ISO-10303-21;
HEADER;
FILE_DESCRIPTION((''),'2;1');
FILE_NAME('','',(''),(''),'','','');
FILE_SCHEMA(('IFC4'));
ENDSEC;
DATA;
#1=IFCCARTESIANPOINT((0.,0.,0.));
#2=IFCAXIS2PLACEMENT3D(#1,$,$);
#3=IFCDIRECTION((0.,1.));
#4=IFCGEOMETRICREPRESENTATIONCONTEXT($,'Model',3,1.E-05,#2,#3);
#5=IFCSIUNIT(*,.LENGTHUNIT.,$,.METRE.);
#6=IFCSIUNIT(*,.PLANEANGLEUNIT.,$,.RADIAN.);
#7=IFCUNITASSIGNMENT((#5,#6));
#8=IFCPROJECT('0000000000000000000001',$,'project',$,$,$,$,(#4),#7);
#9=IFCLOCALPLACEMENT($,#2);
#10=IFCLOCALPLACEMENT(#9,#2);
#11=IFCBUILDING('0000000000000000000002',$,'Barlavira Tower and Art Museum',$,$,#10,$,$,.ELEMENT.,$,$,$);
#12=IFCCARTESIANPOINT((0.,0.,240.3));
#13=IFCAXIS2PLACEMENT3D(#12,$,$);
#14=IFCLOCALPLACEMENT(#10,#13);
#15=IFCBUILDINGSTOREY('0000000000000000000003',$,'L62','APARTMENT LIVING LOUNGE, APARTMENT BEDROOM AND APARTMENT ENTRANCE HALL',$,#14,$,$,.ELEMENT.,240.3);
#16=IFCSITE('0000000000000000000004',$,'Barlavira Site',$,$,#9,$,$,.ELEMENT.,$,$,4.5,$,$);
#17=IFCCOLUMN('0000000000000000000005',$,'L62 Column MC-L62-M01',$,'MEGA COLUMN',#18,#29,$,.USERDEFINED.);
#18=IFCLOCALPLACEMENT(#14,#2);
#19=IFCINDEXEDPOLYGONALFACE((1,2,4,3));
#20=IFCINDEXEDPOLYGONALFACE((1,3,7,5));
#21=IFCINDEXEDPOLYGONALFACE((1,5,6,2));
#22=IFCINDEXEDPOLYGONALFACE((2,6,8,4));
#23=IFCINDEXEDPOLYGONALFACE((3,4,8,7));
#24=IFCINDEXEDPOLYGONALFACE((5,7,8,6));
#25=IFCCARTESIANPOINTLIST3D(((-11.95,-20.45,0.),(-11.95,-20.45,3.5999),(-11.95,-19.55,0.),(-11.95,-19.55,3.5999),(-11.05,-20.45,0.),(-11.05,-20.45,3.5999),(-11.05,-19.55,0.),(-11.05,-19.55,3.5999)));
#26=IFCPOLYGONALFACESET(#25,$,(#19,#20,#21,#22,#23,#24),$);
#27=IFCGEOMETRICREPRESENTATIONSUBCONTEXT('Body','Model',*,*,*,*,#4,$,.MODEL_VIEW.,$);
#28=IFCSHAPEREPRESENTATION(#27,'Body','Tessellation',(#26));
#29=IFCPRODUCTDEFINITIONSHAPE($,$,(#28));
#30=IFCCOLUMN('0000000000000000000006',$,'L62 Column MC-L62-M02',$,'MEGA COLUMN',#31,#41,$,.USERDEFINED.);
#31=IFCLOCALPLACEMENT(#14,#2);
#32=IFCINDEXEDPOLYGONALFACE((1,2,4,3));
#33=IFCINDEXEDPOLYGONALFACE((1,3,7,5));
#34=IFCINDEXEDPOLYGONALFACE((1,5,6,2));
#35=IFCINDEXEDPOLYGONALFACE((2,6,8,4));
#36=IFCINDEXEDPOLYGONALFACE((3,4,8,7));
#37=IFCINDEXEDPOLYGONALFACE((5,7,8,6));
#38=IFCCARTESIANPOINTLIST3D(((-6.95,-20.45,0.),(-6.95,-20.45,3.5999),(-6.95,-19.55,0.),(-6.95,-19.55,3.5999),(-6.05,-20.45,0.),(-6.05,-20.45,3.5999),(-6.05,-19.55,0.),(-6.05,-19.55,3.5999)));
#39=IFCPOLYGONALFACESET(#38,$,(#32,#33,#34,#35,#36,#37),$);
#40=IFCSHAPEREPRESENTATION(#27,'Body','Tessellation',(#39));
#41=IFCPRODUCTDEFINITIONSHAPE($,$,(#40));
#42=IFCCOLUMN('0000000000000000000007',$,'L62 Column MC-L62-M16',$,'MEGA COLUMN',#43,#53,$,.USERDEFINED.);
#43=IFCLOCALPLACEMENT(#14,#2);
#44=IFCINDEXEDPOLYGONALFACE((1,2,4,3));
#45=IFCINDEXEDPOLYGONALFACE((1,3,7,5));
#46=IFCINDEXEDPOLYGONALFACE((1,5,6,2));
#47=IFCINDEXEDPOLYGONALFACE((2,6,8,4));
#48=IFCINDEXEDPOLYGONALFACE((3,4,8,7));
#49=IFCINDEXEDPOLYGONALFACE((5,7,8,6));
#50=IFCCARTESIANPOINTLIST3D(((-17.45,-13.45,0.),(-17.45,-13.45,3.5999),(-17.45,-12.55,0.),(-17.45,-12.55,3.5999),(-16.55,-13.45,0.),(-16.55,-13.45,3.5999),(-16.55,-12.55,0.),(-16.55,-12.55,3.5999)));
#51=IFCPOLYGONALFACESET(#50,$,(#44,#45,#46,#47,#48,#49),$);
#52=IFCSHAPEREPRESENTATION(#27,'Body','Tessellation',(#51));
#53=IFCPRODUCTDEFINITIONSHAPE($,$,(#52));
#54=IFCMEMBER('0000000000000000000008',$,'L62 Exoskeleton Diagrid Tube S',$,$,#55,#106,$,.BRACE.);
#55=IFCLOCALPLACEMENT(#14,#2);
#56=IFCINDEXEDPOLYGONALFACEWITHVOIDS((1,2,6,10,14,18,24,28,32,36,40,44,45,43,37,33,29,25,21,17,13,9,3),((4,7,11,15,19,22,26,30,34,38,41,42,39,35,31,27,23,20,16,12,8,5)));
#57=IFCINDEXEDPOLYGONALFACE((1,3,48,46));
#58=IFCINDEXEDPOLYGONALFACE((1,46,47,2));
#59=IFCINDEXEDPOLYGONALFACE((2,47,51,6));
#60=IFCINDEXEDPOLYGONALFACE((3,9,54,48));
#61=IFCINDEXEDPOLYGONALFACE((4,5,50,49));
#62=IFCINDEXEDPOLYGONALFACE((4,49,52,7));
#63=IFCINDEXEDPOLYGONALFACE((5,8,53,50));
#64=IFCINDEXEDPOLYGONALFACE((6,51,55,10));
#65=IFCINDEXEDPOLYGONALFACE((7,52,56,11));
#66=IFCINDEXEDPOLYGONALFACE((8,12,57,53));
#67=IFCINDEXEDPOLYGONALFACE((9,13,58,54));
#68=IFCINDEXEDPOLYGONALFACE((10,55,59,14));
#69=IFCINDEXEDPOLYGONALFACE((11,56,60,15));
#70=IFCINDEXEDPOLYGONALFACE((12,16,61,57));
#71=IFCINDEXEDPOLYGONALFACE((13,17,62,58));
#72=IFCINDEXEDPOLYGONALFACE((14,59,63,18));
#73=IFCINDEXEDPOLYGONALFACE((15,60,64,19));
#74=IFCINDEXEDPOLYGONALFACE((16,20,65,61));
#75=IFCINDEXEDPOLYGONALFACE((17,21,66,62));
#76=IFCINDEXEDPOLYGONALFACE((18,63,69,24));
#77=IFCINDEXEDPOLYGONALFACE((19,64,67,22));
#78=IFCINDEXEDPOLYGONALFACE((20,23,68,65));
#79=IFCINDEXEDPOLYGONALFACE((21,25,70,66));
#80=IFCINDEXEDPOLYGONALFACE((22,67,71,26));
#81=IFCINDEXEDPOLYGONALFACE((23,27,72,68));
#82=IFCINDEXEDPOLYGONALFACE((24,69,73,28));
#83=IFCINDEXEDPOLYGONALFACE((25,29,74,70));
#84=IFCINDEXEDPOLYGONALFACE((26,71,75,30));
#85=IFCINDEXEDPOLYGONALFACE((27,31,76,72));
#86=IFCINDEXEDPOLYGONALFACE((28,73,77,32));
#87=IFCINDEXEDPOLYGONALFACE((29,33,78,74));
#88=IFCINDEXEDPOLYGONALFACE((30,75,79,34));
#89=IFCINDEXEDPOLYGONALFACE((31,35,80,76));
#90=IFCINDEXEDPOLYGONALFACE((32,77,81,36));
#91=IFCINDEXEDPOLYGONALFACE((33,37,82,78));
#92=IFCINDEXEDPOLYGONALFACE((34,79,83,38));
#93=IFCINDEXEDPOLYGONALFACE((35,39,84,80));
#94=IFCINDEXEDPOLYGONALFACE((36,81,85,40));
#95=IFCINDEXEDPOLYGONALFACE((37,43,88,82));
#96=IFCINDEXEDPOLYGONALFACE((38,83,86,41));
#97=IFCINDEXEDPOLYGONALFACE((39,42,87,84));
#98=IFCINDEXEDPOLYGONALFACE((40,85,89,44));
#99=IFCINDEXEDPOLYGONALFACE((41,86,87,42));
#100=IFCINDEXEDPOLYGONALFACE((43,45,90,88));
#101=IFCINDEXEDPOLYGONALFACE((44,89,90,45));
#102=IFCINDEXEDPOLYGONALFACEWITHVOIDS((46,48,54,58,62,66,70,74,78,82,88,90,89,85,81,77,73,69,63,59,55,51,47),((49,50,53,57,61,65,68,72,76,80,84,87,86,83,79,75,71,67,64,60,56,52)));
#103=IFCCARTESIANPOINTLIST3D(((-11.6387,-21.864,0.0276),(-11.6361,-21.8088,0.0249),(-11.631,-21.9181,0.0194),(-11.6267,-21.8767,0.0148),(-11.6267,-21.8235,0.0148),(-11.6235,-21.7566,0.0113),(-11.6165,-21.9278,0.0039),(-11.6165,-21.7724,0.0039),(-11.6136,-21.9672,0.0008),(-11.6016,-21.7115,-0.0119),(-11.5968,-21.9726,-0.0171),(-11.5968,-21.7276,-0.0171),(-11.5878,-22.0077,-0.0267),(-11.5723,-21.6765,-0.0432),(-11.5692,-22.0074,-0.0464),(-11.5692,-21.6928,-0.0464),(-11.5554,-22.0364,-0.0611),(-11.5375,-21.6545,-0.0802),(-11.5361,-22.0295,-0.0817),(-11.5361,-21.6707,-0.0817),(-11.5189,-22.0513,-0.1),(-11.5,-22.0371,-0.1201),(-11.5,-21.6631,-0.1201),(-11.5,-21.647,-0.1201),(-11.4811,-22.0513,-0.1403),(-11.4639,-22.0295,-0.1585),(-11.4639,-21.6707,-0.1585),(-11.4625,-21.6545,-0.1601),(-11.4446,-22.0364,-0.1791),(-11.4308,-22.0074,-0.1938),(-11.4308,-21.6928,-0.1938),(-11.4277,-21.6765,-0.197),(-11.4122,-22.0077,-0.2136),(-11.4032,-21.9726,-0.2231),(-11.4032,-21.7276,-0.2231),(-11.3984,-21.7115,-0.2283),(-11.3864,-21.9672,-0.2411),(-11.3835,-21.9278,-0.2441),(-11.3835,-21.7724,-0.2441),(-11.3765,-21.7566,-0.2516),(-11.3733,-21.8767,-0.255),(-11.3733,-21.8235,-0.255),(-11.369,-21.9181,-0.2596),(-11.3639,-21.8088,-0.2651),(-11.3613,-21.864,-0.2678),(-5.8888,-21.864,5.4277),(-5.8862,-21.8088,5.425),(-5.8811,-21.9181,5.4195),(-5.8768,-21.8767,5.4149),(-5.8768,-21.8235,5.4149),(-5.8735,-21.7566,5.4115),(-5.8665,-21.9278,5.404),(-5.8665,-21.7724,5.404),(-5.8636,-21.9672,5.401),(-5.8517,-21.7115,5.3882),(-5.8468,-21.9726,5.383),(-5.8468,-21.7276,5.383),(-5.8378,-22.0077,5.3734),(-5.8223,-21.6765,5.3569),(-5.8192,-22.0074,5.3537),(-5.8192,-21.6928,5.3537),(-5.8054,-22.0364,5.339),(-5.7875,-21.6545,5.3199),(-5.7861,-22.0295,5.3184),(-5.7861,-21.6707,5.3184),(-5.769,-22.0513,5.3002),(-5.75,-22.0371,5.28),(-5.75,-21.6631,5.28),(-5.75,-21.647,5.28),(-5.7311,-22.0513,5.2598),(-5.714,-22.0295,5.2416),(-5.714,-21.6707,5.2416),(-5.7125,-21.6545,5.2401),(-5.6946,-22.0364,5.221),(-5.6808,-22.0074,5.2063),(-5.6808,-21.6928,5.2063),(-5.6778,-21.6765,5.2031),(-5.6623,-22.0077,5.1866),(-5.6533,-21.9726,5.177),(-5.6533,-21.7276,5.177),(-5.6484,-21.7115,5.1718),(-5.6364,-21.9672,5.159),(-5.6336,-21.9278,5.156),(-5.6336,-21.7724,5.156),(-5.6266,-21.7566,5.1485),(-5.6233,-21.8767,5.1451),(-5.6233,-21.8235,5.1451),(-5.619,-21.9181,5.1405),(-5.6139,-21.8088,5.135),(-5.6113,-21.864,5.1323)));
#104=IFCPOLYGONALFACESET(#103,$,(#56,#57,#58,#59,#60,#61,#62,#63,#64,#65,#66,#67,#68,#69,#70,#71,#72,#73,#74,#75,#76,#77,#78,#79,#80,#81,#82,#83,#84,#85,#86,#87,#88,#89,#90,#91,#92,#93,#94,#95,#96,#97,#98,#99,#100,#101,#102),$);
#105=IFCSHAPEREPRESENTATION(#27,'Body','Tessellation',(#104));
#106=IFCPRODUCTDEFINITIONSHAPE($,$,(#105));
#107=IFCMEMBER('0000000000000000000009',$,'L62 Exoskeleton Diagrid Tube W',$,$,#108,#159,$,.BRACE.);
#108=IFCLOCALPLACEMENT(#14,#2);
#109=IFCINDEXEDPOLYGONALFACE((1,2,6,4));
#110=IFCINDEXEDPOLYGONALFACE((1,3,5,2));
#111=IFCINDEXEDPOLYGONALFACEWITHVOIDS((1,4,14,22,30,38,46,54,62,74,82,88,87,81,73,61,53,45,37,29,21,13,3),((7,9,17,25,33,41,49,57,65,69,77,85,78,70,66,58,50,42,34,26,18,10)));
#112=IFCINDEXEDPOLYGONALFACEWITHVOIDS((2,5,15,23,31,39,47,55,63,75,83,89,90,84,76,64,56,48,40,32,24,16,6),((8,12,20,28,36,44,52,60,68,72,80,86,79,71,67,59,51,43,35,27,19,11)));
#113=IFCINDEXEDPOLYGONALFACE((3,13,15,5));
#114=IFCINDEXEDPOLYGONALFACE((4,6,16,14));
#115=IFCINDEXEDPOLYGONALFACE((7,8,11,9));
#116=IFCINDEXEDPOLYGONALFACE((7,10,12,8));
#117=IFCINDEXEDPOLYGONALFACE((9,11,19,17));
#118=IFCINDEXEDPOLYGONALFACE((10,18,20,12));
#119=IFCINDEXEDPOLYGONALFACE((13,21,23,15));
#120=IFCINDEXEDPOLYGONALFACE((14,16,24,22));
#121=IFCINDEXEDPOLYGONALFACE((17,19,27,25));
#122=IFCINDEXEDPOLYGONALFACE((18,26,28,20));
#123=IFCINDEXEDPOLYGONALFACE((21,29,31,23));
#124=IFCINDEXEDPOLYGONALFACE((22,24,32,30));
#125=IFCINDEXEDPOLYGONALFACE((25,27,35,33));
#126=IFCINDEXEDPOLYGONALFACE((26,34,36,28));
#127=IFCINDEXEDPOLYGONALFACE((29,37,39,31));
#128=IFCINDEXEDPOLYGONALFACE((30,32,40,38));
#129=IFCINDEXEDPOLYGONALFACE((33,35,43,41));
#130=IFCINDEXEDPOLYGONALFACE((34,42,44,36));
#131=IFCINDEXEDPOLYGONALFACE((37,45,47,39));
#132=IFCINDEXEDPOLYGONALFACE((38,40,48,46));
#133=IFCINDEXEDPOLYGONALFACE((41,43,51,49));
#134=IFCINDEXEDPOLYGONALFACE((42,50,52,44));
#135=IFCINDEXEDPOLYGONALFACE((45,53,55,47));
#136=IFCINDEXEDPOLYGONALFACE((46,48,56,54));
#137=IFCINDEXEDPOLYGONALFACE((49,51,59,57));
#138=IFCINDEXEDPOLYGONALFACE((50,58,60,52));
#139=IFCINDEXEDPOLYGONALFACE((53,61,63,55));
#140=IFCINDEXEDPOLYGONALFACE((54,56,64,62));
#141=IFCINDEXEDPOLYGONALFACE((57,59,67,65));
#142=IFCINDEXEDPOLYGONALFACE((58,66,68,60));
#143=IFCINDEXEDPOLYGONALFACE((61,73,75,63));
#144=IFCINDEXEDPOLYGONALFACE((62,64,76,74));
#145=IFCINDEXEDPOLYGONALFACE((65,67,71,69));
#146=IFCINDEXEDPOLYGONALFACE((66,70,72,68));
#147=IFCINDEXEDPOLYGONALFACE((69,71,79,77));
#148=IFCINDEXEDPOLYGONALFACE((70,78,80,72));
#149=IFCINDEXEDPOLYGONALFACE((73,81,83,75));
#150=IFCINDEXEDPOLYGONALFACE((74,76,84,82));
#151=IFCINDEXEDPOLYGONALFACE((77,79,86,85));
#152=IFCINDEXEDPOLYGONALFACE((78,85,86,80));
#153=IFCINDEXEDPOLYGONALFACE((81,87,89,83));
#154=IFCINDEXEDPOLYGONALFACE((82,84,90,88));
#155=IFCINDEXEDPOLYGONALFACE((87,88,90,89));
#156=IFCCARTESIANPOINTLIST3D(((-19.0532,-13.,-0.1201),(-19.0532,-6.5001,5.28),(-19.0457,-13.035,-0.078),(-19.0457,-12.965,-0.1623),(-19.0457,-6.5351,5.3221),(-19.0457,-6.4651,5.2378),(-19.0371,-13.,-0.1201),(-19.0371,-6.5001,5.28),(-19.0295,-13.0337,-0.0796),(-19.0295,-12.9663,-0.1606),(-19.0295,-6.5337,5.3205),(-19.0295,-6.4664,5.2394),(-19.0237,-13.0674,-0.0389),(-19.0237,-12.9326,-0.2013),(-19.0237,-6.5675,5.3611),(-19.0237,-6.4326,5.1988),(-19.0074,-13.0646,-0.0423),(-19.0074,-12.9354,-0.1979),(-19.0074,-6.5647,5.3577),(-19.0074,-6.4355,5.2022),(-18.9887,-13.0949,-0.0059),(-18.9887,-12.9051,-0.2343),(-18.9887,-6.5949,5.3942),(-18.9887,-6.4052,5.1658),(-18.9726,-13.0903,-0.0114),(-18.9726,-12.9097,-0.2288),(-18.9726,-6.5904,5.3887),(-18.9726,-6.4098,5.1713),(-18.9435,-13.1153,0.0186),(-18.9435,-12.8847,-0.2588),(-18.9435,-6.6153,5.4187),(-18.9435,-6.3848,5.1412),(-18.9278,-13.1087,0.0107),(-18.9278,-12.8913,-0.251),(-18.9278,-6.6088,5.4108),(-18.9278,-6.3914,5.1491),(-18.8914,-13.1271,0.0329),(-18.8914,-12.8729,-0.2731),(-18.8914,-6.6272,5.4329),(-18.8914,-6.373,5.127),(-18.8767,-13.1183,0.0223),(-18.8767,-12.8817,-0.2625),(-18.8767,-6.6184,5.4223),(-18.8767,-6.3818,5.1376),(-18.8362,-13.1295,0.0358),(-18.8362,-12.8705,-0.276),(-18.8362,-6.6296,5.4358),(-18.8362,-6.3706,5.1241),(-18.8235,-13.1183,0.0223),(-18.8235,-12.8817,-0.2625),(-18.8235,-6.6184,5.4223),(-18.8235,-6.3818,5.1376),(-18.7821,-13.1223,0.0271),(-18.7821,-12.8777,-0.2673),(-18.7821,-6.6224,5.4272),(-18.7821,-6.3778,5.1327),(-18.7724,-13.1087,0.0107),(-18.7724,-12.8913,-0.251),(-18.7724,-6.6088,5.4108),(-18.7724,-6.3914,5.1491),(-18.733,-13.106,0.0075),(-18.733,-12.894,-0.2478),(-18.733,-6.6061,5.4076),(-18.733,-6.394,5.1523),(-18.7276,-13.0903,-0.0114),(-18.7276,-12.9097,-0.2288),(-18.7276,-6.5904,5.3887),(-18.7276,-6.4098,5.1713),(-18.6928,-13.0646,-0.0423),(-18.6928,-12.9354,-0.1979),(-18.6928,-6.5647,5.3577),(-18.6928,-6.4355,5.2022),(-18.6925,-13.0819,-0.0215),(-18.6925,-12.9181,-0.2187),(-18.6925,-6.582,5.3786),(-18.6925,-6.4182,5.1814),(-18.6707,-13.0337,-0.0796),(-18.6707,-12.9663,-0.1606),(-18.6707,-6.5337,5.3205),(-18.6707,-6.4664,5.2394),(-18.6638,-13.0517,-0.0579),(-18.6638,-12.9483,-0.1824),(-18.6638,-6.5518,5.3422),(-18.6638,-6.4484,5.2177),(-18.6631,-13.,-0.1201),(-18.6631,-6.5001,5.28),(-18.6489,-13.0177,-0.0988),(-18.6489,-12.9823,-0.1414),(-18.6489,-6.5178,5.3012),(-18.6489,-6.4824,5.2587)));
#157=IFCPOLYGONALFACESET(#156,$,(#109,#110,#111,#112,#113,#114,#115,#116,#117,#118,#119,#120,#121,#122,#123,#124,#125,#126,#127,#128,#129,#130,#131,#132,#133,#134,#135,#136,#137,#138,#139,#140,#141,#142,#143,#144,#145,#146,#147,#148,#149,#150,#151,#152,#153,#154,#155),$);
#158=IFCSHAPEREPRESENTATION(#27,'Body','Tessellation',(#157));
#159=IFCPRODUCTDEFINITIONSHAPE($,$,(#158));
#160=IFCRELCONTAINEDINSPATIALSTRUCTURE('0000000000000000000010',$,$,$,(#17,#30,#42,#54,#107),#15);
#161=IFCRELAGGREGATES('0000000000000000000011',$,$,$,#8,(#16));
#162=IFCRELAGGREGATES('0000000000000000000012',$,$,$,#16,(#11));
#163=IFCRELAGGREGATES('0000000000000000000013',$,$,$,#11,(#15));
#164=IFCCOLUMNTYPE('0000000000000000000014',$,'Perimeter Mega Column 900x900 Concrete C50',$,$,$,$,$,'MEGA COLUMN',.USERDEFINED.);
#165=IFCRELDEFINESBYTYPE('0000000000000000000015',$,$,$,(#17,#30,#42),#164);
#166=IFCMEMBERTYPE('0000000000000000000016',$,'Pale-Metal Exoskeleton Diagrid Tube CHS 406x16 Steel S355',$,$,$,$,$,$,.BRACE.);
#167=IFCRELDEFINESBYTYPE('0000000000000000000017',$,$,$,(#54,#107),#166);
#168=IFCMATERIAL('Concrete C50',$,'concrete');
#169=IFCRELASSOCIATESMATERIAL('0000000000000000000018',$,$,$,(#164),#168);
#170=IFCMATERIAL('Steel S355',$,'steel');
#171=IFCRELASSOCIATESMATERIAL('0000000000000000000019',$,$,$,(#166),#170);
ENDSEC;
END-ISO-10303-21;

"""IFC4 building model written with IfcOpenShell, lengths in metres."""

from ifc_helpers import new_model, si_unit, direction, frame, origin, origin_2d, place, context, subcontext, project, spatial, rectangle, hollow_circle, extrude, material, material_profile, profile_set, type_object, element, save


model = new_model("IFC4")

# Units and contexts
model_context = context("Model", 3, precision=1e-05, world=origin(), true_north=direction((0.0, 1.0)))
body_context = subcontext(model_context, "Body", "Model", "MODEL_VIEW")
ifc_project = project(units=[si_unit("LENGTHUNIT", "METRE"), si_unit("PLANEANGLEUNIT", "RADIAN")], contexts=[model_context])

# Site, building, storey
site_placement = place(None, origin())
site = spatial("IfcSite", under=ifc_project, at=site_placement, Name="Barlavira Site", CompositionType="ELEMENT", RefElevation=4.5)
building_placement = place(site_placement, origin())
building = spatial("IfcBuilding", under=site, at=building_placement, Name="Barlavira Tower and Art Museum", CompositionType="ELEMENT")
storey_placement = place(building_placement, frame((0.0, 0.0, 240.3)))
storey = spatial("IfcBuildingStorey", under=building, at=storey_placement, Name="L62", Description="APARTMENT LIVING LOUNGE, APARTMENT BEDROOM AND APARTMENT ENTRANCE HALL", CompositionType="ELEMENT", Elevation=240.3)

# Columns
ifc_material_1 = material(Name="Concrete C50", Category="concrete")
ifc_material_profile_1 = material_profile(ifc_material_1, rectangle(XDim=0.8999, YDim=0.8999, at=origin_2d()), Name="RC-COL 900x900")
ifc_profile_set_1 = profile_set([ifc_material_profile_1], Name="Concrete C50")
column_type = type_object("IfcColumnType", Name="Perimeter Mega Column 900x900 Concrete C50", ElementType="MEGA COLUMN", PredefinedType="USERDEFINED", material=ifc_profile_set_1)
for number, where, z_axis, x_axis, name in (
    (1, (-11.5, -20.0, 0.0), (0.0, 0.0, 1.0), (1.0, 0.0, 0.0), "L62 Column MC-L62-M01"),
    (2, (-6.5, -20.0, 0.0), (0.0, 0.0, 1.0), (1.0, 0.0, 0.0), "L62 Column MC-L62-M02"),
    (3, (-17.0, -13.0, 0.0), (0.0, 0.0, 1.0), (1.0, 0.0, 0.0), "L62 Column MC-L62-M16"),
):
    element("IfcColumn", number, at=place(storey_placement, frame(where, z_axis=z_axis, x_axis=x_axis)), inside=storey, type_object=column_type, Name=name, ObjectType="MEGA COLUMN", PredefinedType="USERDEFINED", context=body_context, shape_type="SweptSolid", body=[
        extrude(rectangle(XDim=0.8999, YDim=0.8999, at=origin_2d()), origin(), (0.0, 0.0, 1.0), 3.5999),
    ])

# Members
ifc_material_2 = material(Name="Steel S355", Category="steel")
ifc_material_profile_2 = material_profile(ifc_material_2, hollow_circle(Radius=0.2031, WallThickness=0.0161, at=origin_2d()), Name="CHS 406.4x16.0")
ifc_profile_set_2 = profile_set([ifc_material_profile_2], Name="Steel S355")
member_type_1 = type_object("IfcMemberType", Name="Pale-Metal Exoskeleton Diagrid Tube CHS 406x16 Steel S355", PredefinedType="BRACE", material=ifc_profile_set_2)
member_1_placement = place(storey_placement, frame((-11.5, -21.8501, -0.1201), z_axis=(0.728935, 0.0, 0.684583), x_axis=(0.0, 1.0, 0.0)))
element("IfcMember", 4, at=member_1_placement, inside=storey, type_object=member_type_1, Name="L62 Exoskeleton Diagrid Tube S", PredefinedType="BRACE", context=body_context, shape_type="SweptSolid", body=[
    extrude(hollow_circle(Radius=0.2031, WallThickness=0.0161, at=origin_2d()), origin(), (0.0, 0.0, 1.0), 7.8882),
])
member_2_placement = place(storey_placement, frame((-18.8501, -13.0, -0.1201), z_axis=(0.0, 0.769182, 0.63903), x_axis=(-1.0, 0.0, 0.0)))
element("IfcMember", 5, at=member_2_placement, inside=storey, type_object=member_type_1, Name="L62 Exoskeleton Diagrid Tube W", PredefinedType="BRACE", context=body_context, shape_type="SweptSolid", body=[
    extrude(hollow_circle(Radius=0.2031, WallThickness=0.0161, at=origin_2d()), origin(), (0.0, 0.0, 1.0), 8.4504),
])

save(model, "model.ifc")
